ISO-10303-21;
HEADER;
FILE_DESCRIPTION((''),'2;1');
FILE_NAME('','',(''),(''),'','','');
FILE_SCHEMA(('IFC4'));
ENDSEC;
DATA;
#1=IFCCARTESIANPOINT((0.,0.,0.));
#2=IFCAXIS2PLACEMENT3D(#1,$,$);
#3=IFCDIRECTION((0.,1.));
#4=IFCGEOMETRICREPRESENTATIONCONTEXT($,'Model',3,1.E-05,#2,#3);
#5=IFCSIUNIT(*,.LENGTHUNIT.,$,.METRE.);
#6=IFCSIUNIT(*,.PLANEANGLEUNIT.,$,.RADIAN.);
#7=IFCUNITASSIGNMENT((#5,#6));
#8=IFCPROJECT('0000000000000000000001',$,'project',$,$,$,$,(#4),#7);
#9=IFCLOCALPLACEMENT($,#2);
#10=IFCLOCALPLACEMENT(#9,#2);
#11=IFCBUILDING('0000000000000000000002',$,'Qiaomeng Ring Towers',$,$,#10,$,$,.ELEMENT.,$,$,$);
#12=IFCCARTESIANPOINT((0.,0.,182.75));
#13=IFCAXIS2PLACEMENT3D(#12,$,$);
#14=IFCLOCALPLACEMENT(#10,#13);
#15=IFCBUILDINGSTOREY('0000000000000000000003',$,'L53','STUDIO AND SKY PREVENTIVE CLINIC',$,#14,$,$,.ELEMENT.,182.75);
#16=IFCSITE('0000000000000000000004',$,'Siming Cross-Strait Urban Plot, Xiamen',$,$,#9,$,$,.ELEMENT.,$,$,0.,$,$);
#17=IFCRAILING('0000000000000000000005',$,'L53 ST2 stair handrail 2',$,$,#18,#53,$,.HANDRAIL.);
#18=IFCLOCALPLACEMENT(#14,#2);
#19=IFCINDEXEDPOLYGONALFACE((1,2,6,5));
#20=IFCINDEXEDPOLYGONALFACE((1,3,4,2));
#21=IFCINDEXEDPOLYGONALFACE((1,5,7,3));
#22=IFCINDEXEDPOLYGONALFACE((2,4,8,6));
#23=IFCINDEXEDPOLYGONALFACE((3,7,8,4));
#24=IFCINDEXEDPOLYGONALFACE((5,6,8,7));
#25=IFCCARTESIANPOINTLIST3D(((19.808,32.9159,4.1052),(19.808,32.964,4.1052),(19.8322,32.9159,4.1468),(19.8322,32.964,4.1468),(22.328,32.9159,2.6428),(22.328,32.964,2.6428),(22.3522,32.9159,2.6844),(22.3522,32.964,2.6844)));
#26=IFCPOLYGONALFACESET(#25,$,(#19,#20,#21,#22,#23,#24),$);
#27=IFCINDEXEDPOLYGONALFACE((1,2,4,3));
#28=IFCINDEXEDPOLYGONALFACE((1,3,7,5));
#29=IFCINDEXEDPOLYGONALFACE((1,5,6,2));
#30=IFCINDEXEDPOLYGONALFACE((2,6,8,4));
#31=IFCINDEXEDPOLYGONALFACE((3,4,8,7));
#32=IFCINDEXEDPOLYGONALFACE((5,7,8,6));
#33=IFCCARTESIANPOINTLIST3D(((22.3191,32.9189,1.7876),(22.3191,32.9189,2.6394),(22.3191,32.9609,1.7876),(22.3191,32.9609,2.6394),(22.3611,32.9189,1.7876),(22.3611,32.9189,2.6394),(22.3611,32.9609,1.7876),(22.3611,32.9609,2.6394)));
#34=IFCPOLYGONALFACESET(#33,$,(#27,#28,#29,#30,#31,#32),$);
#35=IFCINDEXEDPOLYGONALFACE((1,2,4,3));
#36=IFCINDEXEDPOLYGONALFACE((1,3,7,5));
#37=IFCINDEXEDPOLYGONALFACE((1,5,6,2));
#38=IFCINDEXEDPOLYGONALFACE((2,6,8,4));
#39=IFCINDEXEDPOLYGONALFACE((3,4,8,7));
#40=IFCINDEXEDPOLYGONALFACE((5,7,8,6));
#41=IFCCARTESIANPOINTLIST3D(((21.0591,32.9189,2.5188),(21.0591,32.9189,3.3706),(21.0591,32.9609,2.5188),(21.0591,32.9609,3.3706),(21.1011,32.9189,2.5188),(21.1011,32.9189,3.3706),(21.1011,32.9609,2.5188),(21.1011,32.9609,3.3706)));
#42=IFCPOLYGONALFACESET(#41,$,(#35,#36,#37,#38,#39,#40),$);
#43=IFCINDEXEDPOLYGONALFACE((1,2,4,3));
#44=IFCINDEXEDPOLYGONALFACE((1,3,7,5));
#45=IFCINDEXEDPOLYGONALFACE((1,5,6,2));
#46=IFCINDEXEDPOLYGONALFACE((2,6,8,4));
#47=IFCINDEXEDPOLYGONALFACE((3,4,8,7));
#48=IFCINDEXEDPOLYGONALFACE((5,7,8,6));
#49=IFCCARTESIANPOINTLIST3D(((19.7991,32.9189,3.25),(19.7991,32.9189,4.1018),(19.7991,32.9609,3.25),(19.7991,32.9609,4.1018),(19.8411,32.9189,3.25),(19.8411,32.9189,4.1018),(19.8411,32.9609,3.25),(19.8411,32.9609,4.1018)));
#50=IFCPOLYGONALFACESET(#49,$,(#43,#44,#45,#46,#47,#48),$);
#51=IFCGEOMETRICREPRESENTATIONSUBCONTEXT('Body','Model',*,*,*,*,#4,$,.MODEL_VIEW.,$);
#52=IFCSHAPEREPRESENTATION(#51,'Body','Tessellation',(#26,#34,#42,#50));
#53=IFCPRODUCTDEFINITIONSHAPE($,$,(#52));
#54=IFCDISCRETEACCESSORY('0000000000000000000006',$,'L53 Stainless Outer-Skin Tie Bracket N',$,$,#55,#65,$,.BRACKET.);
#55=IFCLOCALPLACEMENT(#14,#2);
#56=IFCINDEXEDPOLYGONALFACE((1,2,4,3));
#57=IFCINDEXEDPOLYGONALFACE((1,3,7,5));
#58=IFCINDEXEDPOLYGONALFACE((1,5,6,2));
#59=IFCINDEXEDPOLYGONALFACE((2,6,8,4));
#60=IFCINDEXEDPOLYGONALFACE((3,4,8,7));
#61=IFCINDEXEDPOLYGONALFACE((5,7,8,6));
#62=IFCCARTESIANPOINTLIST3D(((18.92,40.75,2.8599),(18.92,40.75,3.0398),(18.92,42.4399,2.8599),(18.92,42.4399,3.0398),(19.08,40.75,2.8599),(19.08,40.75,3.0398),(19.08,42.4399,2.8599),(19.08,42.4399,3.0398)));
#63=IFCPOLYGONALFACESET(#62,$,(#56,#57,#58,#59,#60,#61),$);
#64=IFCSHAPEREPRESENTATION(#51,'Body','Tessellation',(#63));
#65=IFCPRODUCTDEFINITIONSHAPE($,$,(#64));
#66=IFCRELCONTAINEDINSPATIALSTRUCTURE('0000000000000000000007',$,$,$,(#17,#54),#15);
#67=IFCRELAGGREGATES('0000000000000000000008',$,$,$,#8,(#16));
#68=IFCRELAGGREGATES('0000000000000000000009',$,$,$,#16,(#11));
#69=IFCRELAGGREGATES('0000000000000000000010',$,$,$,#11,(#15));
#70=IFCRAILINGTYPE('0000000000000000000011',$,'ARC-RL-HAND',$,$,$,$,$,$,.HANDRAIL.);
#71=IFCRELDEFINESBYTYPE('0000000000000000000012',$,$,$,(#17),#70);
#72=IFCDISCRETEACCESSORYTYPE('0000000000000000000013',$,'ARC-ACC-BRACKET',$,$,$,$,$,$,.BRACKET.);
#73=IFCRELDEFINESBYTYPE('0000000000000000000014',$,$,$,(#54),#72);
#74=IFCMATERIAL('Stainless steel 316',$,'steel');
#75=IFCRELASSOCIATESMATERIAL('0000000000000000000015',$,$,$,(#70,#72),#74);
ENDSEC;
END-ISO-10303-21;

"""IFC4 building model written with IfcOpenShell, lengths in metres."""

from ifc_helpers import new_model, si_unit, direction, frame, origin, origin_2d, place, context, subcontext, project, spatial, rectangle, extrude, source, transform, mapped, material, type_object, element, save


model = new_model("IFC4")

# Units and contexts
model_context = context("Model", 3, precision=1e-05, world=origin(), true_north=direction((0.0, 1.0)))
body_context = subcontext(model_context, "Body", "Model", "MODEL_VIEW")
ifc_project = project(units=[si_unit("LENGTHUNIT", "METRE"), si_unit("PLANEANGLEUNIT", "RADIAN")], contexts=[model_context])

# Site, building, storey
site_placement = place(None, origin())
site = spatial("IfcSite", under=ifc_project, at=site_placement, Name="Siming Cross-Strait Urban Plot, Xiamen", CompositionType="ELEMENT", RefElevation=0.0)
building_placement = place(site_placement, origin())
building = spatial("IfcBuilding", under=site, at=building_placement, Name="Qiaomeng Ring Towers", CompositionType="ELEMENT")
storey_placement = place(building_placement, frame((0.0, 0.0, 182.75)))
storey = spatial("IfcBuildingStorey", under=building, at=storey_placement, Name="L53", Description="STUDIO AND SKY PREVENTIVE CLINIC", CompositionType="ELEMENT", Elevation=182.75)

# Railing
ifc_material_1 = material(Name="Stainless steel 316", Category="steel")
railing_type_1 = type_object("IfcRailingType", Name="ARC-RL-HAND", PredefinedType="HANDRAIL", material=ifc_material_1)
railing_1_placement = place(storey_placement, frame((22.3401, 32.9399, 1.7876)))
element("IfcRailing", 1, at=railing_1_placement, inside=storey, type_object=railing_type_1, Name="L53 ST2 stair handrail 2", PredefinedType="HANDRAIL", context=body_context, shape_type="SweptSolid", body=[
    extrude(rectangle(XDim=0.0481, YDim=0.0481, at=origin_2d()), frame((0.0, 0.0, 0.876), z_axis=(-0.864913, 0.0, 0.501921), x_axis=(0.0, -1.0, 0.0)), (0.0, 0.0, 1.0), 2.9136),
    extrude(rectangle(XDim=0.042, YDim=0.042, at=origin_2d()), origin(), (0.0, 0.0, 1.0), 0.8518),
    extrude(rectangle(XDim=0.042, YDim=0.042, at=origin_2d()), frame((-1.26, 0.0, 0.7312)), (0.0, 0.0, 1.0), 0.8518),
    extrude(rectangle(XDim=0.042, YDim=0.042, at=origin_2d()), frame((-2.52, 0.0, 1.4624)), (0.0, 0.0, 1.0), 0.8518),
])

# Discrete accessory
discrete_accessory_type = type_object("IfcDiscreteAccessoryType", Name="ARC-ACC-BRACKET", PredefinedType="BRACKET", material=ifc_material_1)
shared_shape_1 = source(origin(), body_context, "Body", "SweptSolid", [
    extrude(rectangle(XDim=0.1599, YDim=1.6899, at=origin_2d()), origin(), (0.0, 0.0, 1.0), 0.1799),
])
discrete_accessory_placement = place(storey_placement, frame((19.0, 41.595, 2.8599), z_axis=(0.0, 0.0, 1.0), x_axis=(1.0, 0.0, 0.0)))
element("IfcDiscreteAccessory", 2, at=discrete_accessory_placement, inside=storey, type_object=discrete_accessory_type, Name="L53 Stainless Outer-Skin Tie Bracket N", PredefinedType="BRACKET", context=body_context, shape_type="MappedRepresentation", body=[
    mapped(shared_shape_1, transform((0.0, 0.0, 0.0), x_axis=(1.0, 0.0, 0.0), y_axis=(0.0, 1.0, 0.0), z_axis=(0.0, 0.0, 1.0), scale=1.0)),
])

save(model, "model.ifc")
